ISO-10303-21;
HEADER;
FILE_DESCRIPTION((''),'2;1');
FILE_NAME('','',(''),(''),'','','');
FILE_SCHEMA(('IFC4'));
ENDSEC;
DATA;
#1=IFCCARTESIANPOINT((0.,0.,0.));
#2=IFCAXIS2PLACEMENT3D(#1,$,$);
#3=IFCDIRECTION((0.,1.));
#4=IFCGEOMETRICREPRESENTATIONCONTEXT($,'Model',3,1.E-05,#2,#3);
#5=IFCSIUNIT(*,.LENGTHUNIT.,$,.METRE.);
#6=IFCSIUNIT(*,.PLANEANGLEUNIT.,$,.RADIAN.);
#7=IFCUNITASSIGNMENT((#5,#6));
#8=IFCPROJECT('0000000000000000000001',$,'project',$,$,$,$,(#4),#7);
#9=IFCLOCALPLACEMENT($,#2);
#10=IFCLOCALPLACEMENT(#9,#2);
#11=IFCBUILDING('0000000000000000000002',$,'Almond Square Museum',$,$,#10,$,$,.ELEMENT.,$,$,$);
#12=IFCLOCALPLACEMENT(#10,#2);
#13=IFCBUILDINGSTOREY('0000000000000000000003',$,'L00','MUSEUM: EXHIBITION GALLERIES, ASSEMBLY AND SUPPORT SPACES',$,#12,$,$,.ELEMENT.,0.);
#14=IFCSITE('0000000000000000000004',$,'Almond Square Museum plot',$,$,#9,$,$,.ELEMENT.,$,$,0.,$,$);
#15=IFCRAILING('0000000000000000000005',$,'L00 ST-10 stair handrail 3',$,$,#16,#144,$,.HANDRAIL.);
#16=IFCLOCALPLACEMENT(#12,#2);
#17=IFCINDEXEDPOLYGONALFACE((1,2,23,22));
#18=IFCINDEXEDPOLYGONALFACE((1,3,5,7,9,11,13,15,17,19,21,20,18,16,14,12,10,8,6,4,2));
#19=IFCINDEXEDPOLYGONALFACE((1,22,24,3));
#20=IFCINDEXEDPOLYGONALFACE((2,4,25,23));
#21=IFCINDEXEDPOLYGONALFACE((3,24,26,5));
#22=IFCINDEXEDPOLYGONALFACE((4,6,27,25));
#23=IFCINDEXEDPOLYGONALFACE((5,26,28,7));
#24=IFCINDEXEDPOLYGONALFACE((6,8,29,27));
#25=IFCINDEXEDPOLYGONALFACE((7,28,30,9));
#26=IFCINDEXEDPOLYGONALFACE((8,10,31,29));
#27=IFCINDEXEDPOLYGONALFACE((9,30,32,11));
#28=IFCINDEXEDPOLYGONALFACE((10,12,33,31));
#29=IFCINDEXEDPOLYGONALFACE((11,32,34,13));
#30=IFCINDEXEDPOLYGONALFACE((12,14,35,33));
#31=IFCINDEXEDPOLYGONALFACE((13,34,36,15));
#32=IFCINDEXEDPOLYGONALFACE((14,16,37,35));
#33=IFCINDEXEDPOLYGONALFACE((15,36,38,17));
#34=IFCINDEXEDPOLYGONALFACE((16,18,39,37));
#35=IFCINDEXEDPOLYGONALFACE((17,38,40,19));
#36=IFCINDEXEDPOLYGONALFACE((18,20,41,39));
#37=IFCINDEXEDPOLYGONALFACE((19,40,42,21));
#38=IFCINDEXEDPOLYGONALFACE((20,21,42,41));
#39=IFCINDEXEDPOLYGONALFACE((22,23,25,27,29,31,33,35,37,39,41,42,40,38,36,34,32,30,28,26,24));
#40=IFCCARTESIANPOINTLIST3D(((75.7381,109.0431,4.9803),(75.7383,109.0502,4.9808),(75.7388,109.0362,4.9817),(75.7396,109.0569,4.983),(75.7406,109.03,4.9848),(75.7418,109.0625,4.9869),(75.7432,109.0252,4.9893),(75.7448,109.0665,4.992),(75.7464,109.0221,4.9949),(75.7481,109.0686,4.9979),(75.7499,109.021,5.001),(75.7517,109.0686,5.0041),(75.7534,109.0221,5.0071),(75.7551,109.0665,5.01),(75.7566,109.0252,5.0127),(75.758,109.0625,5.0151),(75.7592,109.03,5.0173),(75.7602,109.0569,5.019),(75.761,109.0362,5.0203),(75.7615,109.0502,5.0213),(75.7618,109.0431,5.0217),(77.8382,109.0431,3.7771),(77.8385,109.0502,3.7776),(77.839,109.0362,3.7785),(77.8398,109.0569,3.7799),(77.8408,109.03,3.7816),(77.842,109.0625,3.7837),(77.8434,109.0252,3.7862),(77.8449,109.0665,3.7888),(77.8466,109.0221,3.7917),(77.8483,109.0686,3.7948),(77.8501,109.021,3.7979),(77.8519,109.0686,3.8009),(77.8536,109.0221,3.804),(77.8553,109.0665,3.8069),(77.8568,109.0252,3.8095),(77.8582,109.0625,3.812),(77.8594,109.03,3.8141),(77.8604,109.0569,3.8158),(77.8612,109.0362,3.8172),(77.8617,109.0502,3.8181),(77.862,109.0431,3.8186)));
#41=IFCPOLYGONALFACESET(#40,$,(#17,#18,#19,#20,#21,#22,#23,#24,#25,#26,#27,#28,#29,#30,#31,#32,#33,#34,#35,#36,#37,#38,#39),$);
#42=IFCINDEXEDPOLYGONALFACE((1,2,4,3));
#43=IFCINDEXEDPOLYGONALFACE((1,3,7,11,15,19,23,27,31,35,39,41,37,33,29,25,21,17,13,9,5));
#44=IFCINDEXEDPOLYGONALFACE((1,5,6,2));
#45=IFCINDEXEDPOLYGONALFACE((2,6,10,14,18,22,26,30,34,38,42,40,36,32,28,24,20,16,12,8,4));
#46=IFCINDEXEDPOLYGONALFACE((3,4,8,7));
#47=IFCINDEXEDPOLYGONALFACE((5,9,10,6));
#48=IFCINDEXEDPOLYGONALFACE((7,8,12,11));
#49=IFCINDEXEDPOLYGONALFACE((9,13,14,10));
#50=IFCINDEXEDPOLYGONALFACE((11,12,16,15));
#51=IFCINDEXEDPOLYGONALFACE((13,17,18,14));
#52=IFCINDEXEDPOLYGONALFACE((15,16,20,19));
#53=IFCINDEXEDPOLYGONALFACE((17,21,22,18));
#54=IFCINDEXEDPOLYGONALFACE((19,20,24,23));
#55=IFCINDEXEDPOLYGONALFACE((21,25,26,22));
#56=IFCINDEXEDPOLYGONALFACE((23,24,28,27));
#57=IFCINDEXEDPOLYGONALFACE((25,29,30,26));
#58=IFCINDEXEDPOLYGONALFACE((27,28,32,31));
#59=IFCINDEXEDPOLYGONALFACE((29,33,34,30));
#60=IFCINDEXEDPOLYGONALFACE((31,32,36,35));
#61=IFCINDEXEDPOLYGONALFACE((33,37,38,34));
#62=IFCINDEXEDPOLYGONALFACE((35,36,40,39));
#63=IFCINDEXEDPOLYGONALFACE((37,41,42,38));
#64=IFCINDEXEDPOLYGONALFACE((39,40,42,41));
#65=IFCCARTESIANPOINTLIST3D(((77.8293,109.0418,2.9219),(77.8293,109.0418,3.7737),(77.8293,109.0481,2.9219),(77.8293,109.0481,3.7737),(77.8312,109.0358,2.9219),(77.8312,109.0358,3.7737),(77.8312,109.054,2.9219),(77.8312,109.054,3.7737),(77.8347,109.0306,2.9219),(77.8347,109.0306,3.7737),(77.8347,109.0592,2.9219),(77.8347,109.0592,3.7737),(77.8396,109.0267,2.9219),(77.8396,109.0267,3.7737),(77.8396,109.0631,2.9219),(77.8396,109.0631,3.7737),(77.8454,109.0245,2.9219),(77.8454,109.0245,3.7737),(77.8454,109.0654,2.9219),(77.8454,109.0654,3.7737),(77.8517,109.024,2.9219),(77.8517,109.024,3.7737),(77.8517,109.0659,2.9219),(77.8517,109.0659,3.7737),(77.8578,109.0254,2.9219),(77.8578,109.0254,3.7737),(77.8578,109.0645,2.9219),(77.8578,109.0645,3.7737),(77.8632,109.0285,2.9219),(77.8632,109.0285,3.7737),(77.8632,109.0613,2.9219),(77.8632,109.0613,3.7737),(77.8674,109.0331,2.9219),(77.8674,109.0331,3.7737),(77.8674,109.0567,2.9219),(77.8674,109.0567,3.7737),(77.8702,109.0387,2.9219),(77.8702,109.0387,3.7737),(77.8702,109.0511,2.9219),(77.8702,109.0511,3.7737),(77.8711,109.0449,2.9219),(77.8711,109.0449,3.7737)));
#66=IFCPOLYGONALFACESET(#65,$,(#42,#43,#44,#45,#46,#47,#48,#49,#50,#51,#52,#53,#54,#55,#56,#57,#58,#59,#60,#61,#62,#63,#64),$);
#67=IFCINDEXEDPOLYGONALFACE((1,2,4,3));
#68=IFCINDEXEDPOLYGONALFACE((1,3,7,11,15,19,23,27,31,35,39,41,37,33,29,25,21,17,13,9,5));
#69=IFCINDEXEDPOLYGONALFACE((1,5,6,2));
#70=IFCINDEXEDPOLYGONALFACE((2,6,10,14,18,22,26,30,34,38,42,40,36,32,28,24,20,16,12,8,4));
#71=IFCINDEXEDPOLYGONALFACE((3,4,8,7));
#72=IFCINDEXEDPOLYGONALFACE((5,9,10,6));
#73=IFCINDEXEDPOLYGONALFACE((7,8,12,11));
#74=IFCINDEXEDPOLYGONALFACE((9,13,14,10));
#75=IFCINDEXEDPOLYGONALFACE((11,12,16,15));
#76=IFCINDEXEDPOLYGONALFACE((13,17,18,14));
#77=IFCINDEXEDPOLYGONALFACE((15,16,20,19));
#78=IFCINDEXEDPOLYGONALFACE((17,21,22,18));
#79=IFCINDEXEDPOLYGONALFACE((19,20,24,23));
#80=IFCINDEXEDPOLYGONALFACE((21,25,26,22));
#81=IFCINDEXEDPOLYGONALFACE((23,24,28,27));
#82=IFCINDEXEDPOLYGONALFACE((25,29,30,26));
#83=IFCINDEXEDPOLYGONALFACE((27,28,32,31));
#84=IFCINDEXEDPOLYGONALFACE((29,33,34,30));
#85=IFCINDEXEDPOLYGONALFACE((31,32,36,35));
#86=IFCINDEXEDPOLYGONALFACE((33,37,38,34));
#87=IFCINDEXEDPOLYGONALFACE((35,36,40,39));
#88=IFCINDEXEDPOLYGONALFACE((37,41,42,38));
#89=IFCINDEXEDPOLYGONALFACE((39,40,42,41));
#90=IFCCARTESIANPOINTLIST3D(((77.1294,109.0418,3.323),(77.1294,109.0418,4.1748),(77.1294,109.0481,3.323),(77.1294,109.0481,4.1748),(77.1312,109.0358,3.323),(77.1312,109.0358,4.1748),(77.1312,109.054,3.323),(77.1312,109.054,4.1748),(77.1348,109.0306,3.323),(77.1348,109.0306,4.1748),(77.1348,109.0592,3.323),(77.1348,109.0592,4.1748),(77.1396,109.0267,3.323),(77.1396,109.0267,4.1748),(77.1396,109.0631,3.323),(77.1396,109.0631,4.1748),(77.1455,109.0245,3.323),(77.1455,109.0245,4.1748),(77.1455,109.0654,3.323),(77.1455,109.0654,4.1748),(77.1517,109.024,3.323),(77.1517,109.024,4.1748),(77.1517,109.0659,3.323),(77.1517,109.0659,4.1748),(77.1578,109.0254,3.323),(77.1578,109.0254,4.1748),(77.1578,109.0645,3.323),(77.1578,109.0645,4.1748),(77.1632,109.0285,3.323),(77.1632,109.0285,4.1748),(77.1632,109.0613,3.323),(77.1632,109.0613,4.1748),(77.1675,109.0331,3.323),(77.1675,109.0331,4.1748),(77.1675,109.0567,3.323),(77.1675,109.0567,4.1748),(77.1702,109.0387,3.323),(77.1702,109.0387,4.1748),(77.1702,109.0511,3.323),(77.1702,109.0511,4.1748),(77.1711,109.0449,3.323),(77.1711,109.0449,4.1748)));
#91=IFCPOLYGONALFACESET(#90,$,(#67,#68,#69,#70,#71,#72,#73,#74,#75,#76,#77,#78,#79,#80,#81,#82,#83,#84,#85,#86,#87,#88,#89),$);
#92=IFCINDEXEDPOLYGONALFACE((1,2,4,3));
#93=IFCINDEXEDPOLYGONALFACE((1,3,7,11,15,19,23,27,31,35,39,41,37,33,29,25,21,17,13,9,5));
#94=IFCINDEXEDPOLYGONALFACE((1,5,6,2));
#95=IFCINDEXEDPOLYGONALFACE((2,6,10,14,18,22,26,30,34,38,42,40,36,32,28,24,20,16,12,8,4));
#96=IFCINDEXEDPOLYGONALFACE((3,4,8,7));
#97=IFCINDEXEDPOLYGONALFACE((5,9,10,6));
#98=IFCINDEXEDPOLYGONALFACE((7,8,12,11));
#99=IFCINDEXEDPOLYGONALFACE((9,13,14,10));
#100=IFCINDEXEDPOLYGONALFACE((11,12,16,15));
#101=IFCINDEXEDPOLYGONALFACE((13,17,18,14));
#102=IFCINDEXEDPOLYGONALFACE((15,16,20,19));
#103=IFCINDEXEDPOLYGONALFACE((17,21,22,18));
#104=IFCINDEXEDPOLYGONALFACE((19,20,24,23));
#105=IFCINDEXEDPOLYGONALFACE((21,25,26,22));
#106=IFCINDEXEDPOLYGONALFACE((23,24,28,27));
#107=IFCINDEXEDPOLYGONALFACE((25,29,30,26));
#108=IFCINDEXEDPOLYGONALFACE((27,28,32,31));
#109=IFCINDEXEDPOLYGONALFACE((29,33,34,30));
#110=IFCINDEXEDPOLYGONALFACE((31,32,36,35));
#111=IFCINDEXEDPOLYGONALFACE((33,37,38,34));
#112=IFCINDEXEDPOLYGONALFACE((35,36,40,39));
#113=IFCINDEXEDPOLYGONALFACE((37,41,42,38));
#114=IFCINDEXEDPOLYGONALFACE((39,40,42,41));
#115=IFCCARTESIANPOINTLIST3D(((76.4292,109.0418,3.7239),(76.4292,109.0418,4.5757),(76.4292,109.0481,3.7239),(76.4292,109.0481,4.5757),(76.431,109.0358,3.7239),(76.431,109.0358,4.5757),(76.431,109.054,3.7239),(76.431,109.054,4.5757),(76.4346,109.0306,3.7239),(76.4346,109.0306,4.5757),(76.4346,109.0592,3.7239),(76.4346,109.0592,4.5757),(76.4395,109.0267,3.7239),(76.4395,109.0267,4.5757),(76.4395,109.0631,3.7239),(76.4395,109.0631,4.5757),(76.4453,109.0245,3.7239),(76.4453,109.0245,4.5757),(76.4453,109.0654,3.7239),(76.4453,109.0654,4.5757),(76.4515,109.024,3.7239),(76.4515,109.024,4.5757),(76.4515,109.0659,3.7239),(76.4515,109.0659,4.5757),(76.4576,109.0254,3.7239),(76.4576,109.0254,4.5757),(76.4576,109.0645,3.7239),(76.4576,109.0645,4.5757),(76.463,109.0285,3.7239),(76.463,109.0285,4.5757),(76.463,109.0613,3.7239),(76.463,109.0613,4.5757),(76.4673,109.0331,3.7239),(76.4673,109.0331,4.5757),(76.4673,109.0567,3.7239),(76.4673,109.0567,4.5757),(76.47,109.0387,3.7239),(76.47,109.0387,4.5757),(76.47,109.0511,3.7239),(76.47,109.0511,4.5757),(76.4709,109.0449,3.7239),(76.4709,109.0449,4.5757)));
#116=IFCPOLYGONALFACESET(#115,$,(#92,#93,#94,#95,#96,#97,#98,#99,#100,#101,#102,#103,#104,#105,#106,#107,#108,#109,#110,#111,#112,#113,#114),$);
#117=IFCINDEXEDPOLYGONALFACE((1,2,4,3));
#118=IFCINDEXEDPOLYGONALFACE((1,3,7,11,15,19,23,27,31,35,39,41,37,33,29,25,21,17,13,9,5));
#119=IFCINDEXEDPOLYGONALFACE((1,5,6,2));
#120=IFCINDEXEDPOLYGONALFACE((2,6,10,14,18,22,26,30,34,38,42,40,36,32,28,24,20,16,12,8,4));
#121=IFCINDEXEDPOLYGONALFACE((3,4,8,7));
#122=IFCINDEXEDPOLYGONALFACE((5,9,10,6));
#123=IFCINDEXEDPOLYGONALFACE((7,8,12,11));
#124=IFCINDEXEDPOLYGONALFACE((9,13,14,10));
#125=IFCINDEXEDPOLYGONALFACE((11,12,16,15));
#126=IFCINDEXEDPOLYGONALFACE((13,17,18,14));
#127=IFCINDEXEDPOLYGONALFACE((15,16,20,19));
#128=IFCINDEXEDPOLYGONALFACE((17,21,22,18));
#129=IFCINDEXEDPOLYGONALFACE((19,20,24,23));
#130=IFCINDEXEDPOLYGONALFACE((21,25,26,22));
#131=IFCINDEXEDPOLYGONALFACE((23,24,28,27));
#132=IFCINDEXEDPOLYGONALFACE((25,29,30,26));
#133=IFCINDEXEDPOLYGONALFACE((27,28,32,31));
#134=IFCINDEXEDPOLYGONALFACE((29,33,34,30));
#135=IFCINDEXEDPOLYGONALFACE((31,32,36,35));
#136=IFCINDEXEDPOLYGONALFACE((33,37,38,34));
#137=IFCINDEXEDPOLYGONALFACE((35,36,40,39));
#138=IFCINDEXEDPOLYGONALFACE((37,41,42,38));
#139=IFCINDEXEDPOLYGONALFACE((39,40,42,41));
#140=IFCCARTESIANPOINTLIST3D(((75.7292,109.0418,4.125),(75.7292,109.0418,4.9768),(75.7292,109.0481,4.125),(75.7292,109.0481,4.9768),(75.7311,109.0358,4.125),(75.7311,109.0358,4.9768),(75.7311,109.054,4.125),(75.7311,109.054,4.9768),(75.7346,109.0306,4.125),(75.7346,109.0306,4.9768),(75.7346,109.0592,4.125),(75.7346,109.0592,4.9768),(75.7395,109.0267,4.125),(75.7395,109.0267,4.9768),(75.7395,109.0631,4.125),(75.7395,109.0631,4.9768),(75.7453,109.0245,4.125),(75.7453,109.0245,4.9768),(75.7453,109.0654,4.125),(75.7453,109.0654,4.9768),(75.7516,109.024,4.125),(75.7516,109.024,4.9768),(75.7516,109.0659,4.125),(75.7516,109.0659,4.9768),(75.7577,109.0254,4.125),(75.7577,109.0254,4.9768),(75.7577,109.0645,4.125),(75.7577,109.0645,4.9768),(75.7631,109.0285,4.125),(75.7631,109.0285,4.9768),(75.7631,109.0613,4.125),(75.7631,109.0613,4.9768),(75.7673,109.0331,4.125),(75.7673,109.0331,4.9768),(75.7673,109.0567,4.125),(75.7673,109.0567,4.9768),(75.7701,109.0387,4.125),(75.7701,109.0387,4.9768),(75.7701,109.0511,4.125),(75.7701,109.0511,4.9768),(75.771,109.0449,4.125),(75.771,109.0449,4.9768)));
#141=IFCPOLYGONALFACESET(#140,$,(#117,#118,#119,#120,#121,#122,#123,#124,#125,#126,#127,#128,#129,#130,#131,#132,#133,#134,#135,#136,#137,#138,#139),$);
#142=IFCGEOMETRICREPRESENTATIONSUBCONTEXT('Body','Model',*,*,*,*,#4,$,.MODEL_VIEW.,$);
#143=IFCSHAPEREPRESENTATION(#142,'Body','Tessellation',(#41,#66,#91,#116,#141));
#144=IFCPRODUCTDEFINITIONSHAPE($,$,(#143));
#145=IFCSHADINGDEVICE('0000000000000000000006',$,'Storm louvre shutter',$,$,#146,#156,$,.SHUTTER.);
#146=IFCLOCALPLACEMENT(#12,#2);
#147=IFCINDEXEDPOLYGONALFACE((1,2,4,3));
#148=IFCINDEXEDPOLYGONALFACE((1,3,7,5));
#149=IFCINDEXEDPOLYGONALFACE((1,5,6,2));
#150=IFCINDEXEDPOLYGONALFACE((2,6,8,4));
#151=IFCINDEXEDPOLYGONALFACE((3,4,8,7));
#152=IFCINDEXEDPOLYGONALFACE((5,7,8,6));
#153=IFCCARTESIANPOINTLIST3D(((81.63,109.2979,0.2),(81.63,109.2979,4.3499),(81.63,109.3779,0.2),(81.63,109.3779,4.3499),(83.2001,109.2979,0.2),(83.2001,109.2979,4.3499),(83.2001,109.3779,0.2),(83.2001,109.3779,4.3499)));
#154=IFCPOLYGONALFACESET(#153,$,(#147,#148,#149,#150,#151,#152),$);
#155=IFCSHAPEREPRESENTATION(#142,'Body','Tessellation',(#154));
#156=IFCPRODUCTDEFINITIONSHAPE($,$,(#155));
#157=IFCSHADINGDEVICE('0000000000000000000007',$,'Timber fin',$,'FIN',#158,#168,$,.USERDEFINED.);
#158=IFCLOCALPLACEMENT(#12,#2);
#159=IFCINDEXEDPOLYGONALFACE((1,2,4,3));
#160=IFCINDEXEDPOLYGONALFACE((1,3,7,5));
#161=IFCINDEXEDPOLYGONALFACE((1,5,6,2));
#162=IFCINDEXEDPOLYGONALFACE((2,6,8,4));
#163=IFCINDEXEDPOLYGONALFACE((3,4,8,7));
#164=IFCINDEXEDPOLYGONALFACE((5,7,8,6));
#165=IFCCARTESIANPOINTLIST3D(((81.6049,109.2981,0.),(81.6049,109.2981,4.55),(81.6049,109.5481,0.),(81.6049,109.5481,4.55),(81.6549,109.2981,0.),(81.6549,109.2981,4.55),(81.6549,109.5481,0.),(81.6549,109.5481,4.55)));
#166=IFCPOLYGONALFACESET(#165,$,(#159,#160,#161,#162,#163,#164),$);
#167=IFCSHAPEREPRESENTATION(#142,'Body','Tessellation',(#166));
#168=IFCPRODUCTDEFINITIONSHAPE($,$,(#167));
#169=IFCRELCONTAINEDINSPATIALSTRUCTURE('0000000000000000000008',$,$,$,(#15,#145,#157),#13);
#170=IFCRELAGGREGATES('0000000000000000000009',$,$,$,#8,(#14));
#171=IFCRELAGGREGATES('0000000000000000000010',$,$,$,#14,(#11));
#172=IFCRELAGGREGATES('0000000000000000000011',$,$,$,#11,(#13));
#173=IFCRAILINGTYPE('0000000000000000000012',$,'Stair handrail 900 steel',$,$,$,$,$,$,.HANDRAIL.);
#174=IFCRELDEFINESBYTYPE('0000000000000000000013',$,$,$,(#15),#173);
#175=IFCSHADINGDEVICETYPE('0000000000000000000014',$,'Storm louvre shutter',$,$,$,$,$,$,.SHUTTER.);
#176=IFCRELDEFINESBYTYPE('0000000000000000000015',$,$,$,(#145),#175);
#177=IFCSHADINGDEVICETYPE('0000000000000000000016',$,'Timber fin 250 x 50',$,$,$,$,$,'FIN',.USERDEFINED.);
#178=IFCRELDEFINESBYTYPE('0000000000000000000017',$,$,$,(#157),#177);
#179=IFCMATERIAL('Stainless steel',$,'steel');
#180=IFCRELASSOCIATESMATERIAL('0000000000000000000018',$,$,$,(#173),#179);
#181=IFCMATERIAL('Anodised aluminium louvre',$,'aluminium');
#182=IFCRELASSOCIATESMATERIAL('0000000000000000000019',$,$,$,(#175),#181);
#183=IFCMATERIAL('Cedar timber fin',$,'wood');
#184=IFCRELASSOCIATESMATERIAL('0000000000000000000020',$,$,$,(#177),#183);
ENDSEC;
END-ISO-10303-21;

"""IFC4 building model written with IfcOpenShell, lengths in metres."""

from ifc_helpers import new_model, si_unit, direction, frame, origin, origin_2d, place, context, subcontext, project, spatial, rectangle, circle, extrude, material, material_profile, profile_set, type_object, element, save


model = new_model("IFC4")

# Units and contexts
model_context = context("Model", 3, precision=1e-05, world=origin(), true_north=direction((0.0, 1.0)))
body_context = subcontext(model_context, "Body", "Model", "MODEL_VIEW")
ifc_project = project(units=[si_unit("LENGTHUNIT", "METRE"), si_unit("PLANEANGLEUNIT", "RADIAN")], contexts=[model_context])

# Site, building, storey
site_placement = place(None, origin())
site = spatial("IfcSite", under=ifc_project, at=site_placement, Name="Almond Square Museum plot", CompositionType="ELEMENT", RefElevation=0.0)
building_placement = place(site_placement, origin())
building = spatial("IfcBuilding", under=site, at=building_placement, Name="Almond Square Museum", CompositionType="ELEMENT")
storey_placement = place(building_placement, origin())
storey = spatial("IfcBuildingStorey", under=building, at=storey_placement, Name="L00", Description="MUSEUM: EXHIBITION GALLERIES, ASSEMBLY AND SUPPORT SPACES", CompositionType="ELEMENT", Elevation=0.0)

# Railing
ifc_material_1 = material(Name="Stainless steel", Category="steel")
railing_type_1 = type_object("IfcRailingType", Name="Stair handrail 900 steel", PredefinedType="HANDRAIL", material=ifc_material_1)
for number, where, name in (
    (1, (77.8501, 109.0449, 2.9219), "L00 ST-10 stair handrail 3"),
):
    element("IfcRailing", number, at=place(storey_placement, frame(where)), inside=storey, type_object=railing_type_1, Name=name, PredefinedType="HANDRAIL", context=body_context, shape_type="SweptSolid", body=[
        extrude(circle(Radius=0.0239, at=origin_2d()), frame((0.0, 0.0, 0.876), z_axis=(-0.867696, 0.0, 0.497095), x_axis=(0.0, -1.0, 0.0)), (0.0, 0.0, 1.0), 2.4204),
        extrude(circle(Radius=0.021, at=origin_2d()), origin(), (0.0, 0.0, 1.0), 0.8518),
        extrude(circle(Radius=0.021, at=origin_2d()), frame((-0.7, 0.0, 0.4011)), (0.0, 0.0, 1.0), 0.8518),
        extrude(circle(Radius=0.021, at=origin_2d()), frame((-1.4001, 0.0, 0.802)), (0.0, 0.0, 1.0), 0.8518),
        extrude(circle(Radius=0.021, at=origin_2d()), frame((-2.1001, 0.0, 1.2031)), (0.0, 0.0, 1.0), 0.8518),
    ])

# Shading devices
ifc_material_2 = material(Name="Anodised aluminium louvre", Category="aluminium")
shading_device_type_1 = type_object("IfcShadingDeviceType", Name="Storm louvre shutter", PredefinedType="SHUTTER", material=ifc_material_2)
shading_device_1_placement = place(storey_placement, frame((82.415, 109.3379, 0.2), z_axis=(0.0, 0.0, 1.0), x_axis=(1.0, 0.0, 0.0)))
element("IfcShadingDevice", 2, at=shading_device_1_placement, inside=storey, type_object=shading_device_type_1, Name="Storm louvre shutter", PredefinedType="SHUTTER", context=body_context, shape_type="SweptSolid", body=[
    extrude(rectangle(XDim=1.5701, YDim=0.0801, at=origin_2d()), origin(), (0.0, 0.0, 1.0), 4.1499),
])
ifc_material_3 = material(Name="Cedar timber fin", Category="wood")
ifc_material_profile_1 = material_profile(ifc_material_3, rectangle(XDim=0.25, YDim=0.05, at=origin_2d()))
ifc_profile_set_1 = profile_set([ifc_material_profile_1], Name="Cedar timber fin")
shading_device_type_2 = type_object("IfcShadingDeviceType", Name="Timber fin 250 x 50", ElementType="FIN", PredefinedType="USERDEFINED", material=ifc_profile_set_1)
shading_device_2_placement = place(storey_placement, frame((81.6299, 109.4231, 0.0), z_axis=(0.0, 0.0, 1.0), x_axis=(0.0, 1.0, 0.0)))
element("IfcShadingDevice", 3, at=shading_device_2_placement, inside=storey, type_object=shading_device_type_2, Name="Timber fin", ObjectType="FIN", PredefinedType="USERDEFINED", context=body_context, shape_type="SweptSolid", body=[
    extrude(rectangle(XDim=0.25, YDim=0.05, at=origin_2d()), origin(), (0.0, 0.0, 1.0), 4.55),
])

save(model, "model.ifc")
